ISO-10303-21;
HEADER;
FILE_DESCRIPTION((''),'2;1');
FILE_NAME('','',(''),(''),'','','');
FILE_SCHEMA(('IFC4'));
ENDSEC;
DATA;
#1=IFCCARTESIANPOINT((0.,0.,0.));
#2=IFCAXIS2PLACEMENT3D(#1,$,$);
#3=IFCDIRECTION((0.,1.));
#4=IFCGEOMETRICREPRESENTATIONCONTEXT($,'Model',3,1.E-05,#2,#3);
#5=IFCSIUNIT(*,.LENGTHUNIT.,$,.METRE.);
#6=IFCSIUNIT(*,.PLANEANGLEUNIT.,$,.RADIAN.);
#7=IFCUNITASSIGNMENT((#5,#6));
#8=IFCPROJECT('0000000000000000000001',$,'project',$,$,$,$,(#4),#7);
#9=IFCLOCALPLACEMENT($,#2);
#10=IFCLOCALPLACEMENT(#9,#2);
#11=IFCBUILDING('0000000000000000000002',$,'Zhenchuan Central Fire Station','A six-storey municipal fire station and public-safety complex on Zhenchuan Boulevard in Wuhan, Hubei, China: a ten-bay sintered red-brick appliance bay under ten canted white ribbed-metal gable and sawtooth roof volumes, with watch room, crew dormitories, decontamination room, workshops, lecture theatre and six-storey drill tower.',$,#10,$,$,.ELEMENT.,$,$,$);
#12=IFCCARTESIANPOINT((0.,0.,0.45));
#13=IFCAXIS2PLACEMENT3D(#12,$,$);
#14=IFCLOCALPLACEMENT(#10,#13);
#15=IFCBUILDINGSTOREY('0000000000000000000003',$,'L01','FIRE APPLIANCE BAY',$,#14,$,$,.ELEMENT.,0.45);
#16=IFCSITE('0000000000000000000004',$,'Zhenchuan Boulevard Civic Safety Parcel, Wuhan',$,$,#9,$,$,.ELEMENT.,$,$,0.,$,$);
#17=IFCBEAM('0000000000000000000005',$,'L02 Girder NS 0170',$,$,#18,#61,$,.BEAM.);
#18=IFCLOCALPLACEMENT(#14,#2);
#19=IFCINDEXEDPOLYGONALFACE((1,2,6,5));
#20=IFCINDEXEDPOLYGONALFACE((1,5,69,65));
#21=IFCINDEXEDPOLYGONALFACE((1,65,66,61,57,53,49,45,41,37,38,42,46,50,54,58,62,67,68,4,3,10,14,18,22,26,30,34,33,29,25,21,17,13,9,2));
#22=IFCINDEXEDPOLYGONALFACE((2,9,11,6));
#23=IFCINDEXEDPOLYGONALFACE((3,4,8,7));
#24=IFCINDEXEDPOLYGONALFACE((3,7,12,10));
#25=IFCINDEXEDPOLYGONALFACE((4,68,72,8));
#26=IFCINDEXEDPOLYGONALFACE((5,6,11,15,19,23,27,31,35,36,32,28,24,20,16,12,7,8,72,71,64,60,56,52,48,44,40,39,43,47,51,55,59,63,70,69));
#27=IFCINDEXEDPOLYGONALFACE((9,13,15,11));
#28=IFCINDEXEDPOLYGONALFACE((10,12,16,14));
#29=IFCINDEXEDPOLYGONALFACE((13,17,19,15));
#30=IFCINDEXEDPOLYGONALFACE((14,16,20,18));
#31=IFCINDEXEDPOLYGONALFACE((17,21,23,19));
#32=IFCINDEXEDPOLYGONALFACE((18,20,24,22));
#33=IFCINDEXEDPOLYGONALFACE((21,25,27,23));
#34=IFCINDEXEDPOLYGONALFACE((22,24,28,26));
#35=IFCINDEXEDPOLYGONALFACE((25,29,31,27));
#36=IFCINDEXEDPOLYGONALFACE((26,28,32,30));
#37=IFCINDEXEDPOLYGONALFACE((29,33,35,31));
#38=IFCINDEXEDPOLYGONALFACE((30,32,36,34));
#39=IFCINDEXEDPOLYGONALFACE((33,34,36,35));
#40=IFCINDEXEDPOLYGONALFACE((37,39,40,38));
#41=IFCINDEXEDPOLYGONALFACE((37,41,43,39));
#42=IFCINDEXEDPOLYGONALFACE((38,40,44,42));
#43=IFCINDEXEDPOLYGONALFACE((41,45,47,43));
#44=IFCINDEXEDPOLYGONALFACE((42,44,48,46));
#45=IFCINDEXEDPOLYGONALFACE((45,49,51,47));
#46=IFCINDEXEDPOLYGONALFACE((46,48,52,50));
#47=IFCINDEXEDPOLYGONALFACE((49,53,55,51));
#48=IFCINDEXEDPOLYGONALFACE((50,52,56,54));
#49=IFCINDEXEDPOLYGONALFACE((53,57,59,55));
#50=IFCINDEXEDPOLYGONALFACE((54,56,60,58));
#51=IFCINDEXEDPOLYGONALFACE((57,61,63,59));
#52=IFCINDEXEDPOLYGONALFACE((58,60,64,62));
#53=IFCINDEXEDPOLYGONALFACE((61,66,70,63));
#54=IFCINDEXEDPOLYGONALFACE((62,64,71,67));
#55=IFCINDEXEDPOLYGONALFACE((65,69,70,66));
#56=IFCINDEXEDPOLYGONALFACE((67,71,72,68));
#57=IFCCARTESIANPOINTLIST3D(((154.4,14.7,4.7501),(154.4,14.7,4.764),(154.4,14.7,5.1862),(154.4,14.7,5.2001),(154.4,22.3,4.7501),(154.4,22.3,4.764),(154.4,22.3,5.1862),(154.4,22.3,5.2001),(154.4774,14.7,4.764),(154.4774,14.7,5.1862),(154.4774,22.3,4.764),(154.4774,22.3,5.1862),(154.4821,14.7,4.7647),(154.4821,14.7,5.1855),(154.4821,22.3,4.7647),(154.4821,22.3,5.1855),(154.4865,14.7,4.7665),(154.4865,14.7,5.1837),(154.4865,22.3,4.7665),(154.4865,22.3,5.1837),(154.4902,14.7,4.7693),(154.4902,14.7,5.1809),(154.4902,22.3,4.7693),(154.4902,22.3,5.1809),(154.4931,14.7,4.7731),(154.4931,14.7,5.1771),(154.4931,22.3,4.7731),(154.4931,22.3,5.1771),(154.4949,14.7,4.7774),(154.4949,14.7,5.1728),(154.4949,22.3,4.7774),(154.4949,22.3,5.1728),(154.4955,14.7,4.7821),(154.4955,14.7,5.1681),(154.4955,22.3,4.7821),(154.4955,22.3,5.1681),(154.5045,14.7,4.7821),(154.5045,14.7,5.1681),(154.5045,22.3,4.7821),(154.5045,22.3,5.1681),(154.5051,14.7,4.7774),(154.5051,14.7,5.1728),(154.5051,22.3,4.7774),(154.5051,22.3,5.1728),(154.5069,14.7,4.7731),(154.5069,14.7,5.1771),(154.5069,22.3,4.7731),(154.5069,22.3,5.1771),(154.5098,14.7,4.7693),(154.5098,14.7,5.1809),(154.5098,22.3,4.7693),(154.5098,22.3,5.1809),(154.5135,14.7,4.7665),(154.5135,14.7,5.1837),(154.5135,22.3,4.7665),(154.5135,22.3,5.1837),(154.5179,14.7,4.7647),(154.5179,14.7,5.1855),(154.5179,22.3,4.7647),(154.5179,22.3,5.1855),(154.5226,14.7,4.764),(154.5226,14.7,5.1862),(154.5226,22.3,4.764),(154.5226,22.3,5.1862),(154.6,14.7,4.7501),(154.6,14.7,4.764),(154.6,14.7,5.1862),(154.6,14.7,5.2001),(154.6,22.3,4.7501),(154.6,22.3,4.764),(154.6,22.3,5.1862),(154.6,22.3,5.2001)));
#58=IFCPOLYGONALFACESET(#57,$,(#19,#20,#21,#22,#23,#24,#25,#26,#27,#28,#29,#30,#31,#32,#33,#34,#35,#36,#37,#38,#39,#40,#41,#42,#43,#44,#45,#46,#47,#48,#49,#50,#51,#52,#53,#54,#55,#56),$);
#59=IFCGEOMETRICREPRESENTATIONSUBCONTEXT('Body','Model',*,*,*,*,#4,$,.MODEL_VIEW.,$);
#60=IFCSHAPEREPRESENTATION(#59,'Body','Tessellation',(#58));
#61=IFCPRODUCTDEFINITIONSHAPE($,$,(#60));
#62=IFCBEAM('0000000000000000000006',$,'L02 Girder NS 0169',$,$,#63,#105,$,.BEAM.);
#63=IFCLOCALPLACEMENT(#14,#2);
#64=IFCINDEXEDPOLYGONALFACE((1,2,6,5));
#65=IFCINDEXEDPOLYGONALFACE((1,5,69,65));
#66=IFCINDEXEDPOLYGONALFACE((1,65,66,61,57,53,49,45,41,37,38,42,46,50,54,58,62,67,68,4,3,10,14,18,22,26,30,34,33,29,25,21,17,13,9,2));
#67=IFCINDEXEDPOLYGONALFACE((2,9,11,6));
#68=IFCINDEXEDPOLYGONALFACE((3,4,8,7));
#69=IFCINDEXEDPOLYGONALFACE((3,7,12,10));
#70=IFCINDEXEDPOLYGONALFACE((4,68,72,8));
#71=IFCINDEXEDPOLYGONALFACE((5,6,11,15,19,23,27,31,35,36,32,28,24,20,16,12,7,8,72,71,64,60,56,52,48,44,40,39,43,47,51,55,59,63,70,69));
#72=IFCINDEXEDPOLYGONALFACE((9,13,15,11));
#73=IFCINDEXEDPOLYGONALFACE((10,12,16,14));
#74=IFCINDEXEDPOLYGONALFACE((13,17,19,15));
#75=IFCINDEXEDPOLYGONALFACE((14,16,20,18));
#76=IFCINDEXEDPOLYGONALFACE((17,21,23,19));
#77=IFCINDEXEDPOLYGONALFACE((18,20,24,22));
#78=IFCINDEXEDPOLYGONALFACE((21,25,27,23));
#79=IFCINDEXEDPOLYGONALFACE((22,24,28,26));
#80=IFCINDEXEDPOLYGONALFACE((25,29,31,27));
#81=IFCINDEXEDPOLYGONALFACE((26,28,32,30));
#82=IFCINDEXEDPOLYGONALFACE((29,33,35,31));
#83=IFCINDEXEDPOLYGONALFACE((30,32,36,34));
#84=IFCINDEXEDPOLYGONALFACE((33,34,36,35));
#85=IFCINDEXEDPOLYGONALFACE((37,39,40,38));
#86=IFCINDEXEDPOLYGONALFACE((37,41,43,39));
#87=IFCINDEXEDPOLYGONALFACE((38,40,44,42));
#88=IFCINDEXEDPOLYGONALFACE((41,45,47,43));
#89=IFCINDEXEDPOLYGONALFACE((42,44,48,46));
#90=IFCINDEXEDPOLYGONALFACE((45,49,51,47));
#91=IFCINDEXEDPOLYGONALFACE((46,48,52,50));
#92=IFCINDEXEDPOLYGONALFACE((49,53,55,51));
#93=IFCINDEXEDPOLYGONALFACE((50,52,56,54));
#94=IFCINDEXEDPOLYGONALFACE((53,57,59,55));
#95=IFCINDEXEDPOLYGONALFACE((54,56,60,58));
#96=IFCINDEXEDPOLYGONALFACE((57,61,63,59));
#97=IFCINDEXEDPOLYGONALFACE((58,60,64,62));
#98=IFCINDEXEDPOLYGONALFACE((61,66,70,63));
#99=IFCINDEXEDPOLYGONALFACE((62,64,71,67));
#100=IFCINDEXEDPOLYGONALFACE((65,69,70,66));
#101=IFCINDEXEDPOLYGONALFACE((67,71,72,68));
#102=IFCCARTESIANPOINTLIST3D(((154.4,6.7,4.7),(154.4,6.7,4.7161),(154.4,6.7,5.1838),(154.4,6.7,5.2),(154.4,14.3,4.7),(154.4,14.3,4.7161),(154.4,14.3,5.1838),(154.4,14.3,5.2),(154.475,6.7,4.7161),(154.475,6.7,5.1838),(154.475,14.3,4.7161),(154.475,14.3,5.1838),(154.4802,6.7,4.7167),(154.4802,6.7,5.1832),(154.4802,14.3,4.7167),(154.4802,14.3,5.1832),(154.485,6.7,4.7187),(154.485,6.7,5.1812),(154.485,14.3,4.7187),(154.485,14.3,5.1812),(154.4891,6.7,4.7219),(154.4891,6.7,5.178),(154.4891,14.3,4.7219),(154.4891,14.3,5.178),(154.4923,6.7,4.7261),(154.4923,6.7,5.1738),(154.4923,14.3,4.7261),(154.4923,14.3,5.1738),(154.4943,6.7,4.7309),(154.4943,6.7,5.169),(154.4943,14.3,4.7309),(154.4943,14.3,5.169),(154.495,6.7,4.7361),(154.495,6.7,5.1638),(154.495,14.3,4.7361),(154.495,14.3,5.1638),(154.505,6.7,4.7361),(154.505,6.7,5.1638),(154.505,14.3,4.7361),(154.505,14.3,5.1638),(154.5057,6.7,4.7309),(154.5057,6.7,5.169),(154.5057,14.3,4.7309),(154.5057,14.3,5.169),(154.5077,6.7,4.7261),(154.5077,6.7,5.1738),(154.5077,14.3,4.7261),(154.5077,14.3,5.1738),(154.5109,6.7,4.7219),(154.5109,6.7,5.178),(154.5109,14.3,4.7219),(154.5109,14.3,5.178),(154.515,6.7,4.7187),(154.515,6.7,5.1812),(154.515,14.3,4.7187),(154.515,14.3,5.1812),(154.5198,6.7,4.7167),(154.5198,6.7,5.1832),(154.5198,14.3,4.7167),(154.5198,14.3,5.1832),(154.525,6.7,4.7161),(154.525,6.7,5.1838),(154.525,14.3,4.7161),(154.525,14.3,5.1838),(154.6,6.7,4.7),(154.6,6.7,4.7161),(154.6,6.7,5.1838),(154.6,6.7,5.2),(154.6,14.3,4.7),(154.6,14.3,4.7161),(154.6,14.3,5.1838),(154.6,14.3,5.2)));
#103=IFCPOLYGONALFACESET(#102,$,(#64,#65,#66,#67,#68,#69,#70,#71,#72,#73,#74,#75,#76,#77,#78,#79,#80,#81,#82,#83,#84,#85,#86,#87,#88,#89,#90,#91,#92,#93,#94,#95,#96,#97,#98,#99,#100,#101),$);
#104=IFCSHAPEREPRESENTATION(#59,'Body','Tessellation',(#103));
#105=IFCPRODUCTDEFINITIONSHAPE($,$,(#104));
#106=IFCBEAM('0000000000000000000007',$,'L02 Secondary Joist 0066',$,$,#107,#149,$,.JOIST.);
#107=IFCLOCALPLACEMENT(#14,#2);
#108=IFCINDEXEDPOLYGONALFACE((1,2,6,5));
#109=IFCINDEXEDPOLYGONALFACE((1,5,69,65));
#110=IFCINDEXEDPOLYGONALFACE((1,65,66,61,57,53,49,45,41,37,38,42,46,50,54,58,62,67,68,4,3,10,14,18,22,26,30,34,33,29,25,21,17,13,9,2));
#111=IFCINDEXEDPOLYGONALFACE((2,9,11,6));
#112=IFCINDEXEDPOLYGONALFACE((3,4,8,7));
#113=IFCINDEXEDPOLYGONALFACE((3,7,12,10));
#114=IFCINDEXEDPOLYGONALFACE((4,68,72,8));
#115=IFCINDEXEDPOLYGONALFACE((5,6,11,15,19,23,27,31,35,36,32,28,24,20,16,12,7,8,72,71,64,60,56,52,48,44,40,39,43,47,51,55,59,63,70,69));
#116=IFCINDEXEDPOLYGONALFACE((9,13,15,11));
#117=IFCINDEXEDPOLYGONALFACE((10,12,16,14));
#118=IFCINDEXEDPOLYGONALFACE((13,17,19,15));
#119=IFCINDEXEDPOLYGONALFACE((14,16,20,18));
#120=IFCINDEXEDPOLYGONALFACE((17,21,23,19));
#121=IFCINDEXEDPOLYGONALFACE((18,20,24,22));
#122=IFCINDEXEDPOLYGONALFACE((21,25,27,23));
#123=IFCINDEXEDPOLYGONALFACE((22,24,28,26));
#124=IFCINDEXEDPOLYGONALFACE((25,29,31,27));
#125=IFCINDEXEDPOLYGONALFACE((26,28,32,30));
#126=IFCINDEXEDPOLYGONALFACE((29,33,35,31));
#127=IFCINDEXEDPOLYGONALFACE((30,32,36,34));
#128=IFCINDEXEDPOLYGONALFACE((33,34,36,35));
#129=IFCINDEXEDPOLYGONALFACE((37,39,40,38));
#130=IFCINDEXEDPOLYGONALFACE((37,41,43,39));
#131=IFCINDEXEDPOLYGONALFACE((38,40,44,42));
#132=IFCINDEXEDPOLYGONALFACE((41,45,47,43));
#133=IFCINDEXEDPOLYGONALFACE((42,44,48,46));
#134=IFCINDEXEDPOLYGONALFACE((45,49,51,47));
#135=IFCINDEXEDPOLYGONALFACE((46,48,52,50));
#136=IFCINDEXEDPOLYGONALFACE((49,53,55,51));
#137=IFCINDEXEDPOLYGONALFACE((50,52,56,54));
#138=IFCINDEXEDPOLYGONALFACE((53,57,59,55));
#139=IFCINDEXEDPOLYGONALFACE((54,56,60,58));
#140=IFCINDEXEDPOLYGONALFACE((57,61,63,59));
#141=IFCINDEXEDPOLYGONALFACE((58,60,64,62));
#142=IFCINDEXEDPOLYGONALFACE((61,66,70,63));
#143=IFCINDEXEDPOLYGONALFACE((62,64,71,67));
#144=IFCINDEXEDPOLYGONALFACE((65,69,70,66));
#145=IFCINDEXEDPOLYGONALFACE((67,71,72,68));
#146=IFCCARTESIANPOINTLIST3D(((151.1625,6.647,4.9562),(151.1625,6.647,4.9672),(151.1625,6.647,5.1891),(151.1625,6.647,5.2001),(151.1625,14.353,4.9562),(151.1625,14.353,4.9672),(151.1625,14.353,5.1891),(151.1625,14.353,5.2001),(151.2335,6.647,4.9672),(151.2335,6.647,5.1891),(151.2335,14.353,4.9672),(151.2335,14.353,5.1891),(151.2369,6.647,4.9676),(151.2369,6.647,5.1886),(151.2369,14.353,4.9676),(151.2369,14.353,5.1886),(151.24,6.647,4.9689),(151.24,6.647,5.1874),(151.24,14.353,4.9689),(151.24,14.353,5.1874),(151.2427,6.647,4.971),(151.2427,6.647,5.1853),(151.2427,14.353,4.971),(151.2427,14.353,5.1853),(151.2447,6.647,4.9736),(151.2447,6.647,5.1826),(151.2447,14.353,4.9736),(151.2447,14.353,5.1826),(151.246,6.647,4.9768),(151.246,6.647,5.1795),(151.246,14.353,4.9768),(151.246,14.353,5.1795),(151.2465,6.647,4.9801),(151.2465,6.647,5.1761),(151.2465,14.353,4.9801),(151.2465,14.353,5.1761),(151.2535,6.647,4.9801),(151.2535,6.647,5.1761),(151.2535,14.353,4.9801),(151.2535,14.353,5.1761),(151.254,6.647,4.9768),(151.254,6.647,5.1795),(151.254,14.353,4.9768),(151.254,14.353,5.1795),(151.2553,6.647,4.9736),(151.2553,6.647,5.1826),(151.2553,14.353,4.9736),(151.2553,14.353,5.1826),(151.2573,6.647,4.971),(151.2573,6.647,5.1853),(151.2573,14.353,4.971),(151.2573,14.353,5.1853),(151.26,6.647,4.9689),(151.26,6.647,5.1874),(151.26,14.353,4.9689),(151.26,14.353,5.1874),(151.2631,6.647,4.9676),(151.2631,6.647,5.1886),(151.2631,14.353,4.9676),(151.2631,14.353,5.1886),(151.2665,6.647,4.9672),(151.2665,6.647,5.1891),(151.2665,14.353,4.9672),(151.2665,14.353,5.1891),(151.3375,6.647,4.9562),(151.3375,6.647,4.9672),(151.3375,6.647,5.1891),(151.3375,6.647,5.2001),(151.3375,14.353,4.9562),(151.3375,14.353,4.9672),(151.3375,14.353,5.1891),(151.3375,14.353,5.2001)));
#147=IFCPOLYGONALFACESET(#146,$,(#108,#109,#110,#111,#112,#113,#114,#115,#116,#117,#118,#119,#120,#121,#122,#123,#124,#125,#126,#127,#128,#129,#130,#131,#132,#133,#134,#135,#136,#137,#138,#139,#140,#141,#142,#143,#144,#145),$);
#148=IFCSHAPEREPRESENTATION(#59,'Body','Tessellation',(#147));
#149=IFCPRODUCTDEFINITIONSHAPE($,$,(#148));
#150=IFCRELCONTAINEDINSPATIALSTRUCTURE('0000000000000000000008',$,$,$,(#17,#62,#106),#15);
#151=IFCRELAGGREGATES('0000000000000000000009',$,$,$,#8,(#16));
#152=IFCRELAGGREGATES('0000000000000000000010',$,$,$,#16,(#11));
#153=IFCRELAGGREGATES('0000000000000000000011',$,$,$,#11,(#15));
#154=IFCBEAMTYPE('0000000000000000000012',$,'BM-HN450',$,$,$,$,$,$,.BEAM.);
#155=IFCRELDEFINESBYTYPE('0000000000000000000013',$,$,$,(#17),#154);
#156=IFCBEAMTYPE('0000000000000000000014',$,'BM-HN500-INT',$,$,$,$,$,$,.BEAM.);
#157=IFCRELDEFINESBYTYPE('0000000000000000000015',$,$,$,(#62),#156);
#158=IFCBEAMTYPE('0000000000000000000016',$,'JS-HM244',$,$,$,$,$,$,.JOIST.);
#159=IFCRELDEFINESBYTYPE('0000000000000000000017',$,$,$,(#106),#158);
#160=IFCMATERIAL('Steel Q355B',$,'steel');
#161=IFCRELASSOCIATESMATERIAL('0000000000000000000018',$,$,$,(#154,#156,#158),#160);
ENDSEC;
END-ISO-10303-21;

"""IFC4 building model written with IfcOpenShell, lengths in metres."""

from ifc_helpers import new_model, si_unit, direction, frame, origin, origin_2d, place, context, subcontext, project, spatial, i_section, extrude, material, material_profile, profile_set, type_object, element, save


model = new_model("IFC4")

# Units and contexts
model_context = context("Model", 3, precision=1e-05, world=origin(), true_north=direction((0.0, 1.0)))
body_context = subcontext(model_context, "Body", "Model", "MODEL_VIEW")
ifc_project = project(units=[si_unit("LENGTHUNIT", "METRE"), si_unit("PLANEANGLEUNIT", "RADIAN")], contexts=[model_context])

# Site, building, storey
site_placement = place(None, origin())
site = spatial("IfcSite", under=ifc_project, at=site_placement, Name="Zhenchuan Boulevard Civic Safety Parcel, Wuhan", CompositionType="ELEMENT", RefElevation=0.0)
building_placement = place(site_placement, origin())
building = spatial("IfcBuilding", under=site, at=building_placement, Name="Zhenchuan Central Fire Station", Description="A six-storey municipal fire station and public-safety complex on Zhenchuan Boulevard in Wuhan, Hubei, China: a ten-bay sintered red-brick appliance bay under ten canted white ribbed-metal gable and sawtooth roof volumes, with watch room, crew dormitories, decontamination room, workshops, lecture theatre and six-storey drill tower.", CompositionType="ELEMENT")
storey_placement = place(building_placement, frame((0.0, 0.0, 0.45)))
storey = spatial("IfcBuildingStorey", under=building, at=storey_placement, Name="L01", Description="FIRE APPLIANCE BAY", CompositionType="ELEMENT", Elevation=0.45)

# Shared definitions
ifc_material_1 = material(Name="Steel Q355B", Category="steel")

# Beams
ifc_material_profile_1 = material_profile(ifc_material_1, i_section(OverallWidth=0.2, OverallDepth=0.45, WebThickness=0.009, FlangeThickness=0.0139, FilletRadius=0.0181, at=origin_2d()), Name="HN 450x200")
ifc_profile_set_1 = profile_set([ifc_material_profile_1], Name="Steel Q355B")
beam_type_1 = type_object("IfcBeamType", Name="BM-HN450", PredefinedType="BEAM", material=ifc_profile_set_1)
beam_1_placement = place(storey_placement, frame((154.5, 14.7, 4.9751), z_axis=(0.0, 1.0, 0.0), x_axis=(-1.0, 0.0, 0.0)))
element("IfcBeam", 1, at=beam_1_placement, inside=storey, type_object=beam_type_1, Name="L02 Girder NS 0170", PredefinedType="BEAM", context=body_context, shape_type="SweptSolid", body=[
    extrude(i_section(OverallWidth=0.2, OverallDepth=0.45, WebThickness=0.009, FlangeThickness=0.0139, FilletRadius=0.0181, at=origin_2d()), origin(), (0.0, 0.0, 1.0), 7.6001),
])
ifc_material_profile_2 = material_profile(ifc_material_1, i_section(OverallWidth=0.2, OverallDepth=0.5, WebThickness=0.01, FlangeThickness=0.0161, FilletRadius=0.02, at=origin_2d()), Name="HN 500x200")
ifc_profile_set_2 = profile_set([ifc_material_profile_2], Name="Steel Q355B")
beam_type_2 = type_object("IfcBeamType", Name="BM-HN500-INT", PredefinedType="BEAM", material=ifc_profile_set_2)
beam_2_placement = place(storey_placement, frame((154.5, 6.7, 4.95), z_axis=(0.0, 1.0, 0.0), x_axis=(-1.0, 0.0, 0.0)))
element("IfcBeam", 2, at=beam_2_placement, inside=storey, type_object=beam_type_2, Name="L02 Girder NS 0169", PredefinedType="BEAM", context=body_context, shape_type="SweptSolid", body=[
    extrude(i_section(OverallWidth=0.2, OverallDepth=0.5, WebThickness=0.01, FlangeThickness=0.0161, FilletRadius=0.02, at=origin_2d()), origin(), (0.0, 0.0, 1.0), 7.6001),
])
ifc_material_profile_3 = material_profile(ifc_material_1, i_section(OverallWidth=0.175, OverallDepth=0.2439, WebThickness=0.0071, FlangeThickness=0.011, FilletRadius=0.0129, at=origin_2d()), Name="HM 244x175")
ifc_profile_set_3 = profile_set([ifc_material_profile_3], Name="Steel Q355B")
beam_type_3 = type_object("IfcBeamType", Name="JS-HM244", PredefinedType="JOIST", material=ifc_profile_set_3)
beam_3_placement = place(storey_placement, frame((151.25, 6.647, 5.0781), z_axis=(0.0, 1.0, 0.0), x_axis=(-1.0, 0.0, 0.0)))
element("IfcBeam", 3, at=beam_3_placement, inside=storey, type_object=beam_type_3, Name="L02 Secondary Joist 0066", PredefinedType="JOIST", context=body_context, shape_type="SweptSolid", body=[
    extrude(i_section(OverallWidth=0.175, OverallDepth=0.2439, WebThickness=0.0071, FlangeThickness=0.011, FilletRadius=0.0129, at=origin_2d()), origin(), (0.0, 0.0, 1.0), 7.7061),
])

save(model, "model.ifc")
